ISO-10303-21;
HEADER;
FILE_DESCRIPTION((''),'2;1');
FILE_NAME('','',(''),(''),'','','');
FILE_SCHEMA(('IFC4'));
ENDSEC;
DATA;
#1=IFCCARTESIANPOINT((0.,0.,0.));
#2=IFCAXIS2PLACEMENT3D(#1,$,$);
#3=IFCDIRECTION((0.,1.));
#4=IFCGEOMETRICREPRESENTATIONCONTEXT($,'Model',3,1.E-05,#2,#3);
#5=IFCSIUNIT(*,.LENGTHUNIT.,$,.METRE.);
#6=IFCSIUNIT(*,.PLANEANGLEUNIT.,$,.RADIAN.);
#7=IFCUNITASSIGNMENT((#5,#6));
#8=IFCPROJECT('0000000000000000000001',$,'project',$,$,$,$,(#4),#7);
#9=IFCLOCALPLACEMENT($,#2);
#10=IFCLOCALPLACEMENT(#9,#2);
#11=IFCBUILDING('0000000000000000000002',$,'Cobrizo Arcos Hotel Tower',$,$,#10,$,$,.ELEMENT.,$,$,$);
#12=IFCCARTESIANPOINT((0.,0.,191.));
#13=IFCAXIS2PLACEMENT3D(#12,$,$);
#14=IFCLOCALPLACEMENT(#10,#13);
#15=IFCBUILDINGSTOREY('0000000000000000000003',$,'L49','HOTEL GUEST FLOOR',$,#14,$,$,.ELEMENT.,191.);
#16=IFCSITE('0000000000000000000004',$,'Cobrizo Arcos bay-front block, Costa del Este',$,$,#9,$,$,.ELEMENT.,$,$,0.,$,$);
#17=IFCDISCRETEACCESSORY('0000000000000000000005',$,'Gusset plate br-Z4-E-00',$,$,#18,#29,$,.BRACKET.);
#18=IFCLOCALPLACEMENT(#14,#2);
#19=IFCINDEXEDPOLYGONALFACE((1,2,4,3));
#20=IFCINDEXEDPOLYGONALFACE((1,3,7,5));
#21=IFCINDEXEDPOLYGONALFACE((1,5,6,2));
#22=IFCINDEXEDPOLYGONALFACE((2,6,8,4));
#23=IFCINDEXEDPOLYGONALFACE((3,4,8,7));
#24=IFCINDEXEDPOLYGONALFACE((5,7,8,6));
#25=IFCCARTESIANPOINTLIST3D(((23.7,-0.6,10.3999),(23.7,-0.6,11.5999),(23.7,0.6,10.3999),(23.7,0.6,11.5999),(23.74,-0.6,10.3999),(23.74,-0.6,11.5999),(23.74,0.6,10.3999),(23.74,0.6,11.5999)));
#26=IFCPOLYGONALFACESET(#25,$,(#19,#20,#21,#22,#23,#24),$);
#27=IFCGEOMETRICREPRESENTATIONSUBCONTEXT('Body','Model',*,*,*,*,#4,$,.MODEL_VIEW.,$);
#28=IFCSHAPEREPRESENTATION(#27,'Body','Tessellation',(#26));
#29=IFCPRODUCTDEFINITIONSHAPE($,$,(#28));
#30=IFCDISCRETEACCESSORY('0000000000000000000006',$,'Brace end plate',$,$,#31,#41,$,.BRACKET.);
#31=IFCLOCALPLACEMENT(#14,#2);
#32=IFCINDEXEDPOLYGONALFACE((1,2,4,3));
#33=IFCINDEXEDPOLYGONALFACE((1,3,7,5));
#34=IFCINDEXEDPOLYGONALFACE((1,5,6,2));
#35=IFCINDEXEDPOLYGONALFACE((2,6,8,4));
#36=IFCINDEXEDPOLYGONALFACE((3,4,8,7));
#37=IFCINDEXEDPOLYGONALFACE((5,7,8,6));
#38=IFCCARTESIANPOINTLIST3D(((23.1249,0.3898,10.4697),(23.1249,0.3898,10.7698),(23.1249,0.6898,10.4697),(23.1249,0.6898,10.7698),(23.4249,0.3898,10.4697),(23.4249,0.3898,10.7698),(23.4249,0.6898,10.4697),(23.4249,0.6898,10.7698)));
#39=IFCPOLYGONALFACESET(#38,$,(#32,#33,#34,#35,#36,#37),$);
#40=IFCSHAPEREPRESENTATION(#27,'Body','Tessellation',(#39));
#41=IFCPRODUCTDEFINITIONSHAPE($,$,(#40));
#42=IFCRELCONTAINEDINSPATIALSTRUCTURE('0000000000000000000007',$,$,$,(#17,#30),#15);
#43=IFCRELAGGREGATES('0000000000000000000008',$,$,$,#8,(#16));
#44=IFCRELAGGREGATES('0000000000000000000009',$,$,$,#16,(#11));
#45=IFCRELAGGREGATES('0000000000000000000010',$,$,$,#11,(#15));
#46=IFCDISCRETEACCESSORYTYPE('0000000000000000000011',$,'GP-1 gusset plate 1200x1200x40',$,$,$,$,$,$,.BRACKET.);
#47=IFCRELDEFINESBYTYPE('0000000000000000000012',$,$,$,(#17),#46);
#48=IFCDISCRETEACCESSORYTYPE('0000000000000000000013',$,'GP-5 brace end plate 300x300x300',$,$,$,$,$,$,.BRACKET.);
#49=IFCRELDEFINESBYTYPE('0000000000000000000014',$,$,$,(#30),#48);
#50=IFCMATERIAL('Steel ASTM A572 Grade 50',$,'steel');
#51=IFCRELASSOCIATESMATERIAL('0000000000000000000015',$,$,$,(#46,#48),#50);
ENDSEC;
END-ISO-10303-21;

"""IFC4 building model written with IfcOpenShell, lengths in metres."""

from ifc_helpers import new_model, si_unit, direction, frame, origin, origin_2d, place, context, subcontext, project, spatial, rectangle, extrude, material, type_object, element, save


model = new_model("IFC4")

# Units and contexts
model_context = context("Model", 3, precision=1e-05, world=origin(), true_north=direction((0.0, 1.0)))
body_context = subcontext(model_context, "Body", "Model", "MODEL_VIEW")
ifc_project = project(units=[si_unit("LENGTHUNIT", "METRE"), si_unit("PLANEANGLEUNIT", "RADIAN")], contexts=[model_context])

# Site, building, storey
site_placement = place(None, origin())
site = spatial("IfcSite", under=ifc_project, at=site_placement, Name="Cobrizo Arcos bay-front block, Costa del Este", CompositionType="ELEMENT", RefElevation=0.0)
building_placement = place(site_placement, origin())
building = spatial("IfcBuilding", under=site, at=building_placement, Name="Cobrizo Arcos Hotel Tower", CompositionType="ELEMENT")
storey_placement = place(building_placement, frame((0.0, 0.0, 191.0)))
storey = spatial("IfcBuildingStorey", under=building, at=storey_placement, Name="L49", Description="HOTEL GUEST FLOOR", CompositionType="ELEMENT", Elevation=191.0)

# Shared definitions
ifc_material_1 = material(Name="Steel ASTM A572 Grade 50", Category="steel")

# Discrete accessories
discrete_accessory_type_1 = type_object("IfcDiscreteAccessoryType", Name="GP-1 gusset plate 1200x1200x40", PredefinedType="BRACKET", material=ifc_material_1)
discrete_accessory_1_placement = place(storey_placement, frame((23.72, 0.0, 10.3999), z_axis=(0.0, 0.0, 1.0), x_axis=(1.0, 0.0, 0.0)))
element("IfcDiscreteAccessory", 1, at=discrete_accessory_1_placement, inside=storey, type_object=discrete_accessory_type_1, Name="Gusset plate br-Z4-E-00", PredefinedType="BRACKET", context=body_context, shape_type="SweptSolid", body=[
    extrude(rectangle(XDim=0.04, YDim=1.2, at=origin_2d()), origin(), (0.0, 0.0, 1.0), 1.2),
])
discrete_accessory_type_2 = type_object("IfcDiscreteAccessoryType", Name="GP-5 brace end plate 300x300x300", PredefinedType="BRACKET", material=ifc_material_1)
discrete_accessory_2_placement = place(storey_placement, frame((23.2749, 0.5398, 10.4697), z_axis=(0.0, 0.0, 1.0), x_axis=(1.0, 0.0, 0.0)))
element("IfcDiscreteAccessory", 2, at=discrete_accessory_2_placement, inside=storey, type_object=discrete_accessory_type_2, Name="Brace end plate", PredefinedType="BRACKET", context=body_context, shape_type="SweptSolid", body=[
    extrude(rectangle(XDim=0.3, YDim=0.3, at=origin_2d()), origin(), (0.0, 0.0, 1.0), 0.3),
])

save(model, "model.ifc")
